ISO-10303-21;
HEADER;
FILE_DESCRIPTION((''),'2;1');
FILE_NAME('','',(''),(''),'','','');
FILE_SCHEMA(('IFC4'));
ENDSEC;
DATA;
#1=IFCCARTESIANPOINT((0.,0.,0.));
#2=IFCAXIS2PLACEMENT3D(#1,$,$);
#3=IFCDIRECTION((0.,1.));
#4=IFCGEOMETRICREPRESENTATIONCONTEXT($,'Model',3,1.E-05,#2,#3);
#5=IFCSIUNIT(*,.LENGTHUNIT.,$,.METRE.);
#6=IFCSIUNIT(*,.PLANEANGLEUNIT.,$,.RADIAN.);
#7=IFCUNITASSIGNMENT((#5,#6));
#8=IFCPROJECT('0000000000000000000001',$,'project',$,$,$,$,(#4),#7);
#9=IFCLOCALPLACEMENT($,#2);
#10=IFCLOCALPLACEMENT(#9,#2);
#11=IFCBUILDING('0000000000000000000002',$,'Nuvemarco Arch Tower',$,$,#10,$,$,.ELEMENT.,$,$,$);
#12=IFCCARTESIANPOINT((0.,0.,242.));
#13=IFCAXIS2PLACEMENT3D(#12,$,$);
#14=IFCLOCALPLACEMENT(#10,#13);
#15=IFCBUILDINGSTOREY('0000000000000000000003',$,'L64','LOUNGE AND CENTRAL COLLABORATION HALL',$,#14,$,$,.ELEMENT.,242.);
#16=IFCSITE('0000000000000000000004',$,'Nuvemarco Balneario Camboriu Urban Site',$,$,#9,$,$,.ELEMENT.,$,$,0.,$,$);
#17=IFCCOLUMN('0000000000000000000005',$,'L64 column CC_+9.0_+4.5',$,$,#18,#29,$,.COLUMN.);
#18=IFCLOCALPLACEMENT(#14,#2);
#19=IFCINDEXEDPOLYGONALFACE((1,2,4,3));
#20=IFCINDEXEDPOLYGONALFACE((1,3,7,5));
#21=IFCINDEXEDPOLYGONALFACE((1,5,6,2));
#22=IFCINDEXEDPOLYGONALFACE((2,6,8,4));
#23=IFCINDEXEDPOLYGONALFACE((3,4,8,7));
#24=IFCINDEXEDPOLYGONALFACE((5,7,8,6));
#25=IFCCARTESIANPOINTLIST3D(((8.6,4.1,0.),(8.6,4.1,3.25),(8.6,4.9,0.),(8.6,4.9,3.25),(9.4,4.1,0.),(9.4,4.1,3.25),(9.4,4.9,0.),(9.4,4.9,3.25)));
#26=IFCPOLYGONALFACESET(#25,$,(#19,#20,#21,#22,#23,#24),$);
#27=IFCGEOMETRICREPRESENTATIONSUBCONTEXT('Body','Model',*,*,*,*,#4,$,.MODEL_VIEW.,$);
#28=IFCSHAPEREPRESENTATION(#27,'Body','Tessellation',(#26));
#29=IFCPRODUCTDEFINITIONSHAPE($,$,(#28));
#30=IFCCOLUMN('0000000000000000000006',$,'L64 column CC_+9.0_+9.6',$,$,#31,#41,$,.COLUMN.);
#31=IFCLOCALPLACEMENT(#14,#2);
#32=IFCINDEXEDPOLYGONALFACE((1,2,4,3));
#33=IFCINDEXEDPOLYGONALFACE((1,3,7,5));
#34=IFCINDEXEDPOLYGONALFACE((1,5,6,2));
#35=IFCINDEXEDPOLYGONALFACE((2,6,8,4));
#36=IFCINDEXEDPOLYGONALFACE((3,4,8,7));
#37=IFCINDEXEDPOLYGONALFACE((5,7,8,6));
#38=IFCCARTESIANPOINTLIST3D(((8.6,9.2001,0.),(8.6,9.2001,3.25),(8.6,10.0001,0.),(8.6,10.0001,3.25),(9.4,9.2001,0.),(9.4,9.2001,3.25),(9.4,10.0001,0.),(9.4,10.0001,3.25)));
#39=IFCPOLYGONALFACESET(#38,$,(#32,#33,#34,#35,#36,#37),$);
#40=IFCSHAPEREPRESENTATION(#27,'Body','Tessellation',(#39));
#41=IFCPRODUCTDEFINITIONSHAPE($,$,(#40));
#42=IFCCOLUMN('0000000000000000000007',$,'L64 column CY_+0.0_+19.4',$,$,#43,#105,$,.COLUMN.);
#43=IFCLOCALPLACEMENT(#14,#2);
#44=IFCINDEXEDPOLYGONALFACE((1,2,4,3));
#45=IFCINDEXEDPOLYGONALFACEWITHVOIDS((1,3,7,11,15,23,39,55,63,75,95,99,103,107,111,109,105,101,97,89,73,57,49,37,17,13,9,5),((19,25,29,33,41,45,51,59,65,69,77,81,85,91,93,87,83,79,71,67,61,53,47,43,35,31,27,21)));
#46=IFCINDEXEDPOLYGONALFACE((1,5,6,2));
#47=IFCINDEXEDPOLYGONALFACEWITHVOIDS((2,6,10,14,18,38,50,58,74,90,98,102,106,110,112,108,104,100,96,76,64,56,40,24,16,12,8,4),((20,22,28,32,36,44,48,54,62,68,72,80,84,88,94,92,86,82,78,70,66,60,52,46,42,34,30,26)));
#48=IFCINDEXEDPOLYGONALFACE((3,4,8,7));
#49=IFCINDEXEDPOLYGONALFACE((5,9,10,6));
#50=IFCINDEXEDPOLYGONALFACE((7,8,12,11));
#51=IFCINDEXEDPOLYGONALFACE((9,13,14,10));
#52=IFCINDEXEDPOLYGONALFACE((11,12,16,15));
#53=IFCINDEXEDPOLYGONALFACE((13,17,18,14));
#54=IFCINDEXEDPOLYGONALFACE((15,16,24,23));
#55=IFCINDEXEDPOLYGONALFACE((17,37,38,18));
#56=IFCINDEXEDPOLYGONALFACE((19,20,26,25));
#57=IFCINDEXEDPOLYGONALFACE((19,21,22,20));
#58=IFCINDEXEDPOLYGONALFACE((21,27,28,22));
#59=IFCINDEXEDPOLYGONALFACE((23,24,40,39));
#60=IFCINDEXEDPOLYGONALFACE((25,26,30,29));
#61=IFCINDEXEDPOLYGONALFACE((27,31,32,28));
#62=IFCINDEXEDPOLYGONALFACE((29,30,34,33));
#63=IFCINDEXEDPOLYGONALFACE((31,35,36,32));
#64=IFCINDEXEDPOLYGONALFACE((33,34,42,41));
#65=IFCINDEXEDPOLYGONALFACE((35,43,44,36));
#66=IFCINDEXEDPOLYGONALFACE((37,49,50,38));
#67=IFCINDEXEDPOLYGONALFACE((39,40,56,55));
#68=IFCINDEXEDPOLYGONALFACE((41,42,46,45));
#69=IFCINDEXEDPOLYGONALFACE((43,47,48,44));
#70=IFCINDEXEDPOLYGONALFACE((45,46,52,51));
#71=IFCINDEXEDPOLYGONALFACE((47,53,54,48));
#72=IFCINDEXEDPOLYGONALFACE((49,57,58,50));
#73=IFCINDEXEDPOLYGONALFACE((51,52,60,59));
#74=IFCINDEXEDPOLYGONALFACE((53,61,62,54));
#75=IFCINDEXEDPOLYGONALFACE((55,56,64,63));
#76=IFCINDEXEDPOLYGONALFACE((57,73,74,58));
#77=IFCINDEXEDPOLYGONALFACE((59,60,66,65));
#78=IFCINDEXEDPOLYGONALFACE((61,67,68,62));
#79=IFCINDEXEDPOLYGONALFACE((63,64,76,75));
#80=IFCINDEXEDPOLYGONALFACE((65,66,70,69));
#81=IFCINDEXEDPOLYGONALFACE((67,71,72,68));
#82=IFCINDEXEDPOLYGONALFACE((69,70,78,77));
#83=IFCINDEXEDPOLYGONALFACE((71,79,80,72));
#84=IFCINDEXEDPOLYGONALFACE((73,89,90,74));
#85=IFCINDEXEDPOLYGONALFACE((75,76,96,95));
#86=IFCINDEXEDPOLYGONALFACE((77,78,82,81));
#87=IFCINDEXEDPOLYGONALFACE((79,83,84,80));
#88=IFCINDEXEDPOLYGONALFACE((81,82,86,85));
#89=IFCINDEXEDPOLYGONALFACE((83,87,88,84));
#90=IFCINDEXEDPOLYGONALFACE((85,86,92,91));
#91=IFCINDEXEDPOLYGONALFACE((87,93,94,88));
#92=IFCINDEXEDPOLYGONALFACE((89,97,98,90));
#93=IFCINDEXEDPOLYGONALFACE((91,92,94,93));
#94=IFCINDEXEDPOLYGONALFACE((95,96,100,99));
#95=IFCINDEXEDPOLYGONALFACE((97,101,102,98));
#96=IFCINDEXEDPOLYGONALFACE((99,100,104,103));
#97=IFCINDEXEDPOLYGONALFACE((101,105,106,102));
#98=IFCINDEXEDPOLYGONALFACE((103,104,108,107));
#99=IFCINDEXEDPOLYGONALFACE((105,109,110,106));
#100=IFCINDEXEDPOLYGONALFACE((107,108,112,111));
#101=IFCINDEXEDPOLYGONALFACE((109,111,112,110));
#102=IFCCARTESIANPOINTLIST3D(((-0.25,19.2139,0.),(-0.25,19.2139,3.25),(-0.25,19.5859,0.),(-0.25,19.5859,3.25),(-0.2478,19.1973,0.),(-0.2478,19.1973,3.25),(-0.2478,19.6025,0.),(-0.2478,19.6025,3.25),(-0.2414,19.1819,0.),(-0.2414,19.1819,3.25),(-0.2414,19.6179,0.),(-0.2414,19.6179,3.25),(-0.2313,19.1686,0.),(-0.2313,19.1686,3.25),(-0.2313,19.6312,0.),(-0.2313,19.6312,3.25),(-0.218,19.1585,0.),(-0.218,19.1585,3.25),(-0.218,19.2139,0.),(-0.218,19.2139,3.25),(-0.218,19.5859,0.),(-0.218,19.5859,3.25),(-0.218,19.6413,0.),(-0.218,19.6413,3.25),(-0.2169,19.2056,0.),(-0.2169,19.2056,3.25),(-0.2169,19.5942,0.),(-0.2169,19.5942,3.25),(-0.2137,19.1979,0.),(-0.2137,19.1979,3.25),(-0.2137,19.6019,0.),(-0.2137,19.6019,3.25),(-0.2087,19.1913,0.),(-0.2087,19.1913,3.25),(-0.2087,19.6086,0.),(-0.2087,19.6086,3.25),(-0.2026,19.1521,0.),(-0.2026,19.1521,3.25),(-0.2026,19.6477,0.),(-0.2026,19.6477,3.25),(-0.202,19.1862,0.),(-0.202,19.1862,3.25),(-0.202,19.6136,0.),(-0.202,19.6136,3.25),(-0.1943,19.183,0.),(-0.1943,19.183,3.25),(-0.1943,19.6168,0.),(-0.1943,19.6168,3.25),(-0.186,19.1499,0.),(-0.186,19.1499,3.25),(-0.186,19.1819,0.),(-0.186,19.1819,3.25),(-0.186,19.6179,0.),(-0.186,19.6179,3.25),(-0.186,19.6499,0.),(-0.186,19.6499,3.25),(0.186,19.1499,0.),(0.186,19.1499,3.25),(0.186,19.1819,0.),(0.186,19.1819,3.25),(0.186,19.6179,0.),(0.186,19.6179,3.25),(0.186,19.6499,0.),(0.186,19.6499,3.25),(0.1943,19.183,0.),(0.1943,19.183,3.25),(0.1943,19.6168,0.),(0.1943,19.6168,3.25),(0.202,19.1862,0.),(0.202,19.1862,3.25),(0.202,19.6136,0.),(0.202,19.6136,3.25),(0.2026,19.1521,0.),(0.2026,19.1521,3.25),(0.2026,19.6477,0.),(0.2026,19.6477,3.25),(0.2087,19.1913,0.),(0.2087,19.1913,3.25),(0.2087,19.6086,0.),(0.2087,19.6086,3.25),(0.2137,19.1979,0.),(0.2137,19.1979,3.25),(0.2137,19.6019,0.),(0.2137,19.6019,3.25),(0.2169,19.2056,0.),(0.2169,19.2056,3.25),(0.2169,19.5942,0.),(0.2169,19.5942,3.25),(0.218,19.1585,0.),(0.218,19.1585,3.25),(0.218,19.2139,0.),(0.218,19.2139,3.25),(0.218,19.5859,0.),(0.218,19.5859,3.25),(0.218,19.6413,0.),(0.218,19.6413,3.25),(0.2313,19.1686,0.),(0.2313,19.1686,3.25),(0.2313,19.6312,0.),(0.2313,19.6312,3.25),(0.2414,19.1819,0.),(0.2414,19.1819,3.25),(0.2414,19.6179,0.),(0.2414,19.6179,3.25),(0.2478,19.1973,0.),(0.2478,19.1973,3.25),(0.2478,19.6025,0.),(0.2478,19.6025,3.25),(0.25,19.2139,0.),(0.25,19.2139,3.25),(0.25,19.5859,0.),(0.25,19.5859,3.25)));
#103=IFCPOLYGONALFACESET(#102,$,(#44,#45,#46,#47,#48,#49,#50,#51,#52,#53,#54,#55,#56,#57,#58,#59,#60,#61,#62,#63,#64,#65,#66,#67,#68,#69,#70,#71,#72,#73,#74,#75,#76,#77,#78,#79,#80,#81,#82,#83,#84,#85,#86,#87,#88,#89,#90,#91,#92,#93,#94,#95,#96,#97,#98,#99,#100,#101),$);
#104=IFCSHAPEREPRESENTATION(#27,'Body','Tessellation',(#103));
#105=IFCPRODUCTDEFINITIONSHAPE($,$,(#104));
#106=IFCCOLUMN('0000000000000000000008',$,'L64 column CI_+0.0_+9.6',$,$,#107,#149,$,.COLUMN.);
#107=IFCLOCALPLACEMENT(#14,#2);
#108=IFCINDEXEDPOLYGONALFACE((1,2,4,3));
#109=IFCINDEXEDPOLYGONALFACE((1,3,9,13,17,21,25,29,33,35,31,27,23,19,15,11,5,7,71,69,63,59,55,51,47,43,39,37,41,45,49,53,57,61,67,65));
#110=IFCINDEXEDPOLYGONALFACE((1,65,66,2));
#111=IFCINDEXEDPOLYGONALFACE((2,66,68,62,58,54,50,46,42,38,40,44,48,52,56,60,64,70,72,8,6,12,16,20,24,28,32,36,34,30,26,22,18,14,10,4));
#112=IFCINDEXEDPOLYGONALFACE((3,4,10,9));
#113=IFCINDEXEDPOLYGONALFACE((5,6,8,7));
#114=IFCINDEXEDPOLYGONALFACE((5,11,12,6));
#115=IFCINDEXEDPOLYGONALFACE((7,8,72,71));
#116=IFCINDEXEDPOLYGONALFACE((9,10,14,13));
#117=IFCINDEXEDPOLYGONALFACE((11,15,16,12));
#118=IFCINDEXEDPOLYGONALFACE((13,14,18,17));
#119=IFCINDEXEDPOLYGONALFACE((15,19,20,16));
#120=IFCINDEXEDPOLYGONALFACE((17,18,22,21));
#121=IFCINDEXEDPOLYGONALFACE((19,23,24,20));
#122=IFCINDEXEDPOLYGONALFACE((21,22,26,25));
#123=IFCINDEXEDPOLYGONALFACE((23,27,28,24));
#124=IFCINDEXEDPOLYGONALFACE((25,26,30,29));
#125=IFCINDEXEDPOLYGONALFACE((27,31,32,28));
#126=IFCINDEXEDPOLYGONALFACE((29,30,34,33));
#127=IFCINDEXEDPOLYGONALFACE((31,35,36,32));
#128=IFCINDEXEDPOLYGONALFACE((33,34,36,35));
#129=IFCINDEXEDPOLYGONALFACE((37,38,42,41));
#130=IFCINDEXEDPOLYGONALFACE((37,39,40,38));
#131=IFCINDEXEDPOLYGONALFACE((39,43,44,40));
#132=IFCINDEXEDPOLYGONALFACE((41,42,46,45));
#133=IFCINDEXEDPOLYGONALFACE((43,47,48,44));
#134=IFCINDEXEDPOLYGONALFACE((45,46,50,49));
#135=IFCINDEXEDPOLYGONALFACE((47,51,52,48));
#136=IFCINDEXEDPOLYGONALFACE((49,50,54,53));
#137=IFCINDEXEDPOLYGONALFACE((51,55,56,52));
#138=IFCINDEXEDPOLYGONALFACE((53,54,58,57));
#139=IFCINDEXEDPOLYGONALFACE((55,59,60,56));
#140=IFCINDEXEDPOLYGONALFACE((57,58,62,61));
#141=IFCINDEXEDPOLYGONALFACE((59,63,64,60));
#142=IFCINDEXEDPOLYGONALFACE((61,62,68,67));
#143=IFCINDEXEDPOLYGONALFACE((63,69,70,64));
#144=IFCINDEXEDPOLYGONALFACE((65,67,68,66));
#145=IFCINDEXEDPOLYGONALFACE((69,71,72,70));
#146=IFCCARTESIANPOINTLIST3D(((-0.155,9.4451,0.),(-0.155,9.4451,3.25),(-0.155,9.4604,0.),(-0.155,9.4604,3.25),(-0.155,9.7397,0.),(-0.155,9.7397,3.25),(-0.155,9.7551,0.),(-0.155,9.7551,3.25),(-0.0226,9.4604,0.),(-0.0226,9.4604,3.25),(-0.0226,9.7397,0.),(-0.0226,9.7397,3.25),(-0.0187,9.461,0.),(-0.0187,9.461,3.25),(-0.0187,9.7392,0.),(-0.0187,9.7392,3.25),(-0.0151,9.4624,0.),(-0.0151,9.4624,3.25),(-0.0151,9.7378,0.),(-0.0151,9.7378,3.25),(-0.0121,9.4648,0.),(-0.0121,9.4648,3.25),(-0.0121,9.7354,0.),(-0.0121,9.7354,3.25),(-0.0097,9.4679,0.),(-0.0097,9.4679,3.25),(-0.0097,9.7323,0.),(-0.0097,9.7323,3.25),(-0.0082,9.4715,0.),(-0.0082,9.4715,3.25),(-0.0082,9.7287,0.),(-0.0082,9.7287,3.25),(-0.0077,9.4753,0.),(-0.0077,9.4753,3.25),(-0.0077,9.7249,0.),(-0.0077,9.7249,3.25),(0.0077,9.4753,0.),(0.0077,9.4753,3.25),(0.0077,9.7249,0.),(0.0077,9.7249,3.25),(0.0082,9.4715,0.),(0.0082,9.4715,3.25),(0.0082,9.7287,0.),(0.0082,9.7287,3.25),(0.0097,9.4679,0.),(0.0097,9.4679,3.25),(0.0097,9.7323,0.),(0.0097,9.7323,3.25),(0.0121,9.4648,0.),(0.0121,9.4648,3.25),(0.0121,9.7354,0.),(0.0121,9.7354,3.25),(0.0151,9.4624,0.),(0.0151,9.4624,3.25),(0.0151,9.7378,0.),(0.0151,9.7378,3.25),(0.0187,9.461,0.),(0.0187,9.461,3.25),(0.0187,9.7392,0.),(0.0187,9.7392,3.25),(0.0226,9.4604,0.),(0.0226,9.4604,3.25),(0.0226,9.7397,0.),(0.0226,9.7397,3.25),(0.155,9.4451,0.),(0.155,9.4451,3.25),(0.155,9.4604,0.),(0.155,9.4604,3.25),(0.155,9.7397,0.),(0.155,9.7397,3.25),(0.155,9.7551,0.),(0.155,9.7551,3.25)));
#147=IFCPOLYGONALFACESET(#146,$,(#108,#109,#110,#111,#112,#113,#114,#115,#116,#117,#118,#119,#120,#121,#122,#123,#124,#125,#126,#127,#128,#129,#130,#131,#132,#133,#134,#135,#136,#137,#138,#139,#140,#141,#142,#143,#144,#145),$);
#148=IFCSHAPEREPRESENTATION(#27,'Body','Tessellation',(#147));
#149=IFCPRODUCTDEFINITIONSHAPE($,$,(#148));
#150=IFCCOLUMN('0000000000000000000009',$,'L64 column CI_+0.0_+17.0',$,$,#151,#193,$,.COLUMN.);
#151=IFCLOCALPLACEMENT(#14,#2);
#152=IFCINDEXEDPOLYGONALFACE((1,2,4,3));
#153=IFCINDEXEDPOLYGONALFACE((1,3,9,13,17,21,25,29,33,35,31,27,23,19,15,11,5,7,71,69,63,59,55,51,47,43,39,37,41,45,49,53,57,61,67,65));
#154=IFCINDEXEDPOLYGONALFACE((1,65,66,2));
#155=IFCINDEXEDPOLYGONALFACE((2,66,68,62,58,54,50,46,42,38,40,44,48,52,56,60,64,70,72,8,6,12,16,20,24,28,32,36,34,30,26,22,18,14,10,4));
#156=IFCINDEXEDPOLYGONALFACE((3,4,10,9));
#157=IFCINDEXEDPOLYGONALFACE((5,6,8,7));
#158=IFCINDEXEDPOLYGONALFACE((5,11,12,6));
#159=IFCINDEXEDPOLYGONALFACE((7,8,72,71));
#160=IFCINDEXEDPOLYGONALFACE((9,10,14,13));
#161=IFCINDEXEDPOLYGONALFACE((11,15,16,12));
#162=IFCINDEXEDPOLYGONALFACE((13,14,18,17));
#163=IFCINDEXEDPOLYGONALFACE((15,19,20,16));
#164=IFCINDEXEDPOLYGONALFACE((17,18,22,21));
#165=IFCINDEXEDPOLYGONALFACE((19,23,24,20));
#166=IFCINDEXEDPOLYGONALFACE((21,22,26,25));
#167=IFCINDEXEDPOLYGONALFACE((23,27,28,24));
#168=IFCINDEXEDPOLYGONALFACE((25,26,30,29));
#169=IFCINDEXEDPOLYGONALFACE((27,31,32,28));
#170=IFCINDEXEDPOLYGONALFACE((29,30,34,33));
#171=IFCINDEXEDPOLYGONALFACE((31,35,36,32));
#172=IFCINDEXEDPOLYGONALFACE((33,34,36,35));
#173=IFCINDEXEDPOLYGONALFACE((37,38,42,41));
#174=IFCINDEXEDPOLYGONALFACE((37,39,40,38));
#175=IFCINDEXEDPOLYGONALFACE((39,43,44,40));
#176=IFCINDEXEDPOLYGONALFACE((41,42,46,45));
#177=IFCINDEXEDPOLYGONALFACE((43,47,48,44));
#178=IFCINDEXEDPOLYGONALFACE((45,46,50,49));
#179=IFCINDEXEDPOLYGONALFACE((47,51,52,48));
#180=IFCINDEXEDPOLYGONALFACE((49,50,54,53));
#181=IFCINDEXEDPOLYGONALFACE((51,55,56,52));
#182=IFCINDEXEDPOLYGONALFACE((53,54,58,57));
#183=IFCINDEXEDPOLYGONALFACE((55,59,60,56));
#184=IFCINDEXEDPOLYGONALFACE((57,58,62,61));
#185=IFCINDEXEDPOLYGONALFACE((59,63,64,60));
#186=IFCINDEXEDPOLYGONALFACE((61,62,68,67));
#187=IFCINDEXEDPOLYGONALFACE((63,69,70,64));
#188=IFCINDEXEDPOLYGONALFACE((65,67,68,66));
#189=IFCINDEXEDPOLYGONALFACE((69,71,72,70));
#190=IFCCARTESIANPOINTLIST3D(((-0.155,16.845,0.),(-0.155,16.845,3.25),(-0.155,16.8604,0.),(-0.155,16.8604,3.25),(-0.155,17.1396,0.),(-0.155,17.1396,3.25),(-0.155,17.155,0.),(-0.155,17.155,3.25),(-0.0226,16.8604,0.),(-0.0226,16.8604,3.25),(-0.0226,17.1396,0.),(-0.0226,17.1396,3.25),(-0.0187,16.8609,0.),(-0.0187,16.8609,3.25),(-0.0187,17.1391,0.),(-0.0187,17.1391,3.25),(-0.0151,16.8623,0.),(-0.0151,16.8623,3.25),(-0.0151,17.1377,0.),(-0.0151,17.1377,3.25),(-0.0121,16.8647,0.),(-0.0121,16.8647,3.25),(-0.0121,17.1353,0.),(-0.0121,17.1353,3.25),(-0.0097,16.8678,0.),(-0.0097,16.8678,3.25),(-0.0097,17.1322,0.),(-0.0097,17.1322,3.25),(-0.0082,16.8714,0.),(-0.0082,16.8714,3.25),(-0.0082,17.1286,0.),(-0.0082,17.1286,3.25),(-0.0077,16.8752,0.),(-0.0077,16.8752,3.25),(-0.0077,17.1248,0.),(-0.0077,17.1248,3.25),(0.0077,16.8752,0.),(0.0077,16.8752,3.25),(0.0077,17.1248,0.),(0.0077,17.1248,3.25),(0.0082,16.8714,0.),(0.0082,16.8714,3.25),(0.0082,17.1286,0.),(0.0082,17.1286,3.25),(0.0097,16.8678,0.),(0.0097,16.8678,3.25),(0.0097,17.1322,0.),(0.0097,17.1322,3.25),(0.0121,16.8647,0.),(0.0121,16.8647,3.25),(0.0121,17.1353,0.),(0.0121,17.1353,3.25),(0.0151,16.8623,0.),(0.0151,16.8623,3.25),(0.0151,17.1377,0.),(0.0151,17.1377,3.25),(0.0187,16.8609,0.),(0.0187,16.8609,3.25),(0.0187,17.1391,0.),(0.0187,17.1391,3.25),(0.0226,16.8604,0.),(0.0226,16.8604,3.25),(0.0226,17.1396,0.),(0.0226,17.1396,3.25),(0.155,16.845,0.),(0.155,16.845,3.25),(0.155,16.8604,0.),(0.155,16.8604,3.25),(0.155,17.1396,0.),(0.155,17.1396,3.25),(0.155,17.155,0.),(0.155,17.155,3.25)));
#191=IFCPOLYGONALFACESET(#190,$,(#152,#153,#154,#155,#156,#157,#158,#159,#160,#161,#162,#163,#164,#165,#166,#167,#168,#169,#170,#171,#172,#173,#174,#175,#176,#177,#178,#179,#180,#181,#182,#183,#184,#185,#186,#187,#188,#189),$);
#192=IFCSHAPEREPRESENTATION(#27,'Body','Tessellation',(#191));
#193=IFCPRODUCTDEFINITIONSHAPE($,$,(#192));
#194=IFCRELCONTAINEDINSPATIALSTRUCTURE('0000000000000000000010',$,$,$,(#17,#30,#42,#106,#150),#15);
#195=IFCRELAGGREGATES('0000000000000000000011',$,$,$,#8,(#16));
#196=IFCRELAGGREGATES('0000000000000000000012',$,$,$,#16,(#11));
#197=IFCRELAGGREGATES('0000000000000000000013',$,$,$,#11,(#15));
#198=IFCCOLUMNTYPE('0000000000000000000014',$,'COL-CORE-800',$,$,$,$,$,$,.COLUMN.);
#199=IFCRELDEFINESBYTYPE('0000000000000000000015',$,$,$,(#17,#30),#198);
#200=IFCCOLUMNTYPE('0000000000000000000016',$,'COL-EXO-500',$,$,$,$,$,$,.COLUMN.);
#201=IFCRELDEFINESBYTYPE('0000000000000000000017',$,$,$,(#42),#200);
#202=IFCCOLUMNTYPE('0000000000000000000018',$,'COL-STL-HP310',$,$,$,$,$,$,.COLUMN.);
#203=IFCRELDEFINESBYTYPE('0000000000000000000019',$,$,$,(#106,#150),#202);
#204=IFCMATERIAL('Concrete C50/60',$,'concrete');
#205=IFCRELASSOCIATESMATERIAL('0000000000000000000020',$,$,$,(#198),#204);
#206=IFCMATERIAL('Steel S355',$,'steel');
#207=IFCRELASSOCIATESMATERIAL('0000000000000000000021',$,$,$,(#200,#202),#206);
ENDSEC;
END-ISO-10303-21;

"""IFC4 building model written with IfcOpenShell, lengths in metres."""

from ifc_helpers import new_model, si_unit, direction, frame, origin, origin_2d, place, context, subcontext, project, spatial, rectangle, hollow_rectangle, i_section, extrude, material, material_profile, profile_set, type_object, element, save


model = new_model("IFC4")

# Units and contexts
model_context = context("Model", 3, precision=1e-05, world=origin(), true_north=direction((0.0, 1.0)))
body_context = subcontext(model_context, "Body", "Model", "MODEL_VIEW")
ifc_project = project(units=[si_unit("LENGTHUNIT", "METRE"), si_unit("PLANEANGLEUNIT", "RADIAN")], contexts=[model_context])

# Site, building, storey
site_placement = place(None, origin())
site = spatial("IfcSite", under=ifc_project, at=site_placement, Name="Nuvemarco Balneario Camboriu Urban Site", CompositionType="ELEMENT", RefElevation=0.0)
building_placement = place(site_placement, origin())
building = spatial("IfcBuilding", under=site, at=building_placement, Name="Nuvemarco Arch Tower", CompositionType="ELEMENT")
storey_placement = place(building_placement, frame((0.0, 0.0, 242.0)))
storey = spatial("IfcBuildingStorey", under=building, at=storey_placement, Name="L64", Description="LOUNGE AND CENTRAL COLLABORATION HALL", CompositionType="ELEMENT", Elevation=242.0)

# Columns
ifc_material_1 = material(Name="Concrete C50/60", Category="concrete")
ifc_material_profile_1 = material_profile(ifc_material_1, rectangle(XDim=0.8, YDim=0.8, at=origin_2d()), Name="RC-COL-800x800")
ifc_profile_set_1 = profile_set([ifc_material_profile_1], Name="Concrete C50/60")
column_type_1 = type_object("IfcColumnType", Name="COL-CORE-800", PredefinedType="COLUMN", material=ifc_profile_set_1)
for number, where, z_axis, x_axis, name in (
    (1, (9.0, 4.5, 0.0), (0.0, 0.0, 1.0), (1.0, 0.0, 0.0), "L64 column CC_+9.0_+4.5"),
    (2, (9.0, 9.6001, 0.0), (0.0, 0.0, 1.0), (1.0, 0.0, 0.0), "L64 column CC_+9.0_+9.6"),
):
    element("IfcColumn", number, at=place(storey_placement, frame(where, z_axis=z_axis, x_axis=x_axis)), inside=storey, type_object=column_type_1, Name=name, PredefinedType="COLUMN", context=body_context, shape_type="SweptSolid", body=[
        extrude(rectangle(XDim=0.8, YDim=0.8, at=origin_2d()), origin(), (0.0, 0.0, 1.0), 3.25),
    ])
ifc_material_2 = material(Name="Steel S355", Category="steel")
ifc_material_profile_2 = material_profile(ifc_material_2, hollow_rectangle(XDim=0.5, YDim=0.5, WallThickness=0.032, InnerFilletRadius=0.032, OuterFilletRadius=0.064, at=origin_2d()), Name="SHS500x500x32")
ifc_profile_set_2 = profile_set([ifc_material_profile_2], Name="Steel S355")
column_type_2 = type_object("IfcColumnType", Name="COL-EXO-500", PredefinedType="COLUMN", material=ifc_profile_set_2)
column_placement = place(storey_placement, frame((0.0, 19.3999, 0.0), z_axis=(0.0, 0.0, 1.0), x_axis=(1.0, 0.0, 0.0)))
element("IfcColumn", 3, at=column_placement, inside=storey, type_object=column_type_2, Name="L64 column CY_+0.0_+19.4", PredefinedType="COLUMN", context=body_context, shape_type="SweptSolid", body=[
    extrude(hollow_rectangle(XDim=0.5, YDim=0.5, WallThickness=0.032, InnerFilletRadius=0.032, OuterFilletRadius=0.064, at=origin_2d()), origin(), (0.0, 0.0, 1.0), 3.25),
])
ifc_material_profile_3 = material_profile(ifc_material_2, i_section(OverallWidth=0.3101, OverallDepth=0.3101, WebThickness=0.0154, FlangeThickness=0.0154, FilletRadius=0.0149, at=origin_2d()), Name="HP310x110")
ifc_profile_set_3 = profile_set([ifc_material_profile_3], Name="Steel S355")
column_type_3 = type_object("IfcColumnType", Name="COL-STL-HP310", PredefinedType="COLUMN", material=ifc_profile_set_3)
for number, where, z_axis, x_axis, name in (
    (4, (0.0, 9.6001, 0.0), (0.0, 0.0, 1.0), (1.0, 0.0, 0.0), "L64 column CI_+0.0_+9.6"),
    (5, (0.0, 17.0, 0.0), (0.0, 0.0, 1.0), (1.0, 0.0, 0.0), "L64 column CI_+0.0_+17.0"),
):
    element("IfcColumn", number, at=place(storey_placement, frame(where, z_axis=z_axis, x_axis=x_axis)), inside=storey, type_object=column_type_3, Name=name, PredefinedType="COLUMN", context=body_context, shape_type="SweptSolid", body=[
        extrude(i_section(OverallWidth=0.3101, OverallDepth=0.3101, WebThickness=0.0154, FlangeThickness=0.0154, FilletRadius=0.0149, at=origin_2d()), origin(), (0.0, 0.0, 1.0), 3.25),
    ])

save(model, "model.ifc")
